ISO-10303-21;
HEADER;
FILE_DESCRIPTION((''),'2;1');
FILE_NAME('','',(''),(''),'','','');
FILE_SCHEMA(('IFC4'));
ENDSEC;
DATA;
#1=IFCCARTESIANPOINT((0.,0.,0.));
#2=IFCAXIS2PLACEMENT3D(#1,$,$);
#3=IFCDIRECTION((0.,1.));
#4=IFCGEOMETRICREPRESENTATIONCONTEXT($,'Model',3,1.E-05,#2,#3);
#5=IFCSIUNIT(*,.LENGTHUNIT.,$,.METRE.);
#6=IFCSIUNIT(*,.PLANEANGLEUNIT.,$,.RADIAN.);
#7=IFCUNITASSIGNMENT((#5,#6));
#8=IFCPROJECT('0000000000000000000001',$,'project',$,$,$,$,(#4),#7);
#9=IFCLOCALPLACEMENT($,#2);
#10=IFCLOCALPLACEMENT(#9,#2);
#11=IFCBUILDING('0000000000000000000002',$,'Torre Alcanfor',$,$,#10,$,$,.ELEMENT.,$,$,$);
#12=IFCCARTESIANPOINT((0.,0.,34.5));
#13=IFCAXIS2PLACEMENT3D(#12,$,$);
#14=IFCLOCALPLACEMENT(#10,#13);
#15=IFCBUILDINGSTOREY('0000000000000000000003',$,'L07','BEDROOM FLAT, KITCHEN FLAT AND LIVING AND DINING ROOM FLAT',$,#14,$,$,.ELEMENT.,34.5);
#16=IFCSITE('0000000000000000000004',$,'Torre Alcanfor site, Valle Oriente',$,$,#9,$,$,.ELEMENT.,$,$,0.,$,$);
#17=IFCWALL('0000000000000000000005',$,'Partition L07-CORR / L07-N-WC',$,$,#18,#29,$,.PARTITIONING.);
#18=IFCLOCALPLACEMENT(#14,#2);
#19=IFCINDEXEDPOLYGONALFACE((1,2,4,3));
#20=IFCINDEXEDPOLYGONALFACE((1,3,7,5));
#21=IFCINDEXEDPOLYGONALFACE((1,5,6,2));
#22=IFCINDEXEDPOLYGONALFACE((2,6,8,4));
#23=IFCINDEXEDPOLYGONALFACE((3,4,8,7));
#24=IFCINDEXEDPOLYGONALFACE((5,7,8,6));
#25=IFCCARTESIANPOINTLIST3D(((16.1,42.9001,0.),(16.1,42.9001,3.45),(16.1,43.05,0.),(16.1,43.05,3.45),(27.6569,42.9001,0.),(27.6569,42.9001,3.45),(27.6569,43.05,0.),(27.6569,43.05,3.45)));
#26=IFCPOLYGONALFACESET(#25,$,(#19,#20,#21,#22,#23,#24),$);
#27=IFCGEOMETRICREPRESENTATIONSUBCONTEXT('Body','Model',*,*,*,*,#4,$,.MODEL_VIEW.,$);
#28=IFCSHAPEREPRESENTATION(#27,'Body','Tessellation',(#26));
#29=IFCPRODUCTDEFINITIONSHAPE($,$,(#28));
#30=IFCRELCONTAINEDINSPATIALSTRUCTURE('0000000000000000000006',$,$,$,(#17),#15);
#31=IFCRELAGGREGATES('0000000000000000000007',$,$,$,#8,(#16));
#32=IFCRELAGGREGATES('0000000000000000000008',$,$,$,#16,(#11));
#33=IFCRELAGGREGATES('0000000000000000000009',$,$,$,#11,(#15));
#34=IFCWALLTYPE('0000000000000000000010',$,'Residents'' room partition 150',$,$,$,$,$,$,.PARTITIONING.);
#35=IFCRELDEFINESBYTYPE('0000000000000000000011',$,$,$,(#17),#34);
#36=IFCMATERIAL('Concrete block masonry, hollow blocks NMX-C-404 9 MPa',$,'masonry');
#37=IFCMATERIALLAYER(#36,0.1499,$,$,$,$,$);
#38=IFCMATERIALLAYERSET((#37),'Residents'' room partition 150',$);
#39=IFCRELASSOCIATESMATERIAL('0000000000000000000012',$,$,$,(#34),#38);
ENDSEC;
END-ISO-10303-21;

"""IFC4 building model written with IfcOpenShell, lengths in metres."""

from ifc_helpers import new_model, si_unit, direction, frame, frame_2d, origin, place, context, subcontext, project, spatial, rectangle, extrude, material, layer, layer_set, type_object, element, save


model = new_model("IFC4")

# Units and contexts
model_context = context("Model", 3, precision=1e-05, world=origin(), true_north=direction((0.0, 1.0)))
body_context = subcontext(model_context, "Body", "Model", "MODEL_VIEW")
ifc_project = project(units=[si_unit("LENGTHUNIT", "METRE"), si_unit("PLANEANGLEUNIT", "RADIAN")], contexts=[model_context])

# Site, building, storey
site_placement = place(None, origin())
site = spatial("IfcSite", under=ifc_project, at=site_placement, Name="Torre Alcanfor site, Valle Oriente", CompositionType="ELEMENT", RefElevation=0.0)
building_placement = place(site_placement, origin())
building = spatial("IfcBuilding", under=site, at=building_placement, Name="Torre Alcanfor", CompositionType="ELEMENT")
storey_placement = place(building_placement, frame((0.0, 0.0, 34.5)))
storey = spatial("IfcBuildingStorey", under=building, at=storey_placement, Name="L07", Description="BEDROOM FLAT, KITCHEN FLAT AND LIVING AND DINING ROOM FLAT", CompositionType="ELEMENT", Elevation=34.5)

# Wall
ifc_material_1 = material(Name="Concrete block masonry, hollow blocks NMX-C-404 9 MPa", Category="masonry")
ifc_layer_1 = layer(ifc_material_1, 0.1499)
ifc_layer_set_1 = layer_set([ifc_layer_1], Name="Residents' room partition 150")
wall_type_1 = type_object("IfcWallType", Name="Residents' room partition 150", PredefinedType="PARTITIONING", material=ifc_layer_set_1)
wall_1_placement = place(storey_placement, frame((16.1001, 42.9751, 0.0), z_axis=(0.0, 0.0, 1.0), x_axis=(1.0, 0.0, 0.0)))
element("IfcWall", 1, at=wall_1_placement, inside=storey, type_object=wall_type_1, Name="Partition L07-CORR / L07-N-WC", PredefinedType="PARTITIONING", context=body_context, shape_type="SweptSolid", body=[
    extrude(rectangle(XDim=11.5569, YDim=0.1499, at=frame_2d((5.7783, 0.0))), origin(), (0.0, 0.0, 1.0), 3.45),
])

save(model, "model.ifc")
